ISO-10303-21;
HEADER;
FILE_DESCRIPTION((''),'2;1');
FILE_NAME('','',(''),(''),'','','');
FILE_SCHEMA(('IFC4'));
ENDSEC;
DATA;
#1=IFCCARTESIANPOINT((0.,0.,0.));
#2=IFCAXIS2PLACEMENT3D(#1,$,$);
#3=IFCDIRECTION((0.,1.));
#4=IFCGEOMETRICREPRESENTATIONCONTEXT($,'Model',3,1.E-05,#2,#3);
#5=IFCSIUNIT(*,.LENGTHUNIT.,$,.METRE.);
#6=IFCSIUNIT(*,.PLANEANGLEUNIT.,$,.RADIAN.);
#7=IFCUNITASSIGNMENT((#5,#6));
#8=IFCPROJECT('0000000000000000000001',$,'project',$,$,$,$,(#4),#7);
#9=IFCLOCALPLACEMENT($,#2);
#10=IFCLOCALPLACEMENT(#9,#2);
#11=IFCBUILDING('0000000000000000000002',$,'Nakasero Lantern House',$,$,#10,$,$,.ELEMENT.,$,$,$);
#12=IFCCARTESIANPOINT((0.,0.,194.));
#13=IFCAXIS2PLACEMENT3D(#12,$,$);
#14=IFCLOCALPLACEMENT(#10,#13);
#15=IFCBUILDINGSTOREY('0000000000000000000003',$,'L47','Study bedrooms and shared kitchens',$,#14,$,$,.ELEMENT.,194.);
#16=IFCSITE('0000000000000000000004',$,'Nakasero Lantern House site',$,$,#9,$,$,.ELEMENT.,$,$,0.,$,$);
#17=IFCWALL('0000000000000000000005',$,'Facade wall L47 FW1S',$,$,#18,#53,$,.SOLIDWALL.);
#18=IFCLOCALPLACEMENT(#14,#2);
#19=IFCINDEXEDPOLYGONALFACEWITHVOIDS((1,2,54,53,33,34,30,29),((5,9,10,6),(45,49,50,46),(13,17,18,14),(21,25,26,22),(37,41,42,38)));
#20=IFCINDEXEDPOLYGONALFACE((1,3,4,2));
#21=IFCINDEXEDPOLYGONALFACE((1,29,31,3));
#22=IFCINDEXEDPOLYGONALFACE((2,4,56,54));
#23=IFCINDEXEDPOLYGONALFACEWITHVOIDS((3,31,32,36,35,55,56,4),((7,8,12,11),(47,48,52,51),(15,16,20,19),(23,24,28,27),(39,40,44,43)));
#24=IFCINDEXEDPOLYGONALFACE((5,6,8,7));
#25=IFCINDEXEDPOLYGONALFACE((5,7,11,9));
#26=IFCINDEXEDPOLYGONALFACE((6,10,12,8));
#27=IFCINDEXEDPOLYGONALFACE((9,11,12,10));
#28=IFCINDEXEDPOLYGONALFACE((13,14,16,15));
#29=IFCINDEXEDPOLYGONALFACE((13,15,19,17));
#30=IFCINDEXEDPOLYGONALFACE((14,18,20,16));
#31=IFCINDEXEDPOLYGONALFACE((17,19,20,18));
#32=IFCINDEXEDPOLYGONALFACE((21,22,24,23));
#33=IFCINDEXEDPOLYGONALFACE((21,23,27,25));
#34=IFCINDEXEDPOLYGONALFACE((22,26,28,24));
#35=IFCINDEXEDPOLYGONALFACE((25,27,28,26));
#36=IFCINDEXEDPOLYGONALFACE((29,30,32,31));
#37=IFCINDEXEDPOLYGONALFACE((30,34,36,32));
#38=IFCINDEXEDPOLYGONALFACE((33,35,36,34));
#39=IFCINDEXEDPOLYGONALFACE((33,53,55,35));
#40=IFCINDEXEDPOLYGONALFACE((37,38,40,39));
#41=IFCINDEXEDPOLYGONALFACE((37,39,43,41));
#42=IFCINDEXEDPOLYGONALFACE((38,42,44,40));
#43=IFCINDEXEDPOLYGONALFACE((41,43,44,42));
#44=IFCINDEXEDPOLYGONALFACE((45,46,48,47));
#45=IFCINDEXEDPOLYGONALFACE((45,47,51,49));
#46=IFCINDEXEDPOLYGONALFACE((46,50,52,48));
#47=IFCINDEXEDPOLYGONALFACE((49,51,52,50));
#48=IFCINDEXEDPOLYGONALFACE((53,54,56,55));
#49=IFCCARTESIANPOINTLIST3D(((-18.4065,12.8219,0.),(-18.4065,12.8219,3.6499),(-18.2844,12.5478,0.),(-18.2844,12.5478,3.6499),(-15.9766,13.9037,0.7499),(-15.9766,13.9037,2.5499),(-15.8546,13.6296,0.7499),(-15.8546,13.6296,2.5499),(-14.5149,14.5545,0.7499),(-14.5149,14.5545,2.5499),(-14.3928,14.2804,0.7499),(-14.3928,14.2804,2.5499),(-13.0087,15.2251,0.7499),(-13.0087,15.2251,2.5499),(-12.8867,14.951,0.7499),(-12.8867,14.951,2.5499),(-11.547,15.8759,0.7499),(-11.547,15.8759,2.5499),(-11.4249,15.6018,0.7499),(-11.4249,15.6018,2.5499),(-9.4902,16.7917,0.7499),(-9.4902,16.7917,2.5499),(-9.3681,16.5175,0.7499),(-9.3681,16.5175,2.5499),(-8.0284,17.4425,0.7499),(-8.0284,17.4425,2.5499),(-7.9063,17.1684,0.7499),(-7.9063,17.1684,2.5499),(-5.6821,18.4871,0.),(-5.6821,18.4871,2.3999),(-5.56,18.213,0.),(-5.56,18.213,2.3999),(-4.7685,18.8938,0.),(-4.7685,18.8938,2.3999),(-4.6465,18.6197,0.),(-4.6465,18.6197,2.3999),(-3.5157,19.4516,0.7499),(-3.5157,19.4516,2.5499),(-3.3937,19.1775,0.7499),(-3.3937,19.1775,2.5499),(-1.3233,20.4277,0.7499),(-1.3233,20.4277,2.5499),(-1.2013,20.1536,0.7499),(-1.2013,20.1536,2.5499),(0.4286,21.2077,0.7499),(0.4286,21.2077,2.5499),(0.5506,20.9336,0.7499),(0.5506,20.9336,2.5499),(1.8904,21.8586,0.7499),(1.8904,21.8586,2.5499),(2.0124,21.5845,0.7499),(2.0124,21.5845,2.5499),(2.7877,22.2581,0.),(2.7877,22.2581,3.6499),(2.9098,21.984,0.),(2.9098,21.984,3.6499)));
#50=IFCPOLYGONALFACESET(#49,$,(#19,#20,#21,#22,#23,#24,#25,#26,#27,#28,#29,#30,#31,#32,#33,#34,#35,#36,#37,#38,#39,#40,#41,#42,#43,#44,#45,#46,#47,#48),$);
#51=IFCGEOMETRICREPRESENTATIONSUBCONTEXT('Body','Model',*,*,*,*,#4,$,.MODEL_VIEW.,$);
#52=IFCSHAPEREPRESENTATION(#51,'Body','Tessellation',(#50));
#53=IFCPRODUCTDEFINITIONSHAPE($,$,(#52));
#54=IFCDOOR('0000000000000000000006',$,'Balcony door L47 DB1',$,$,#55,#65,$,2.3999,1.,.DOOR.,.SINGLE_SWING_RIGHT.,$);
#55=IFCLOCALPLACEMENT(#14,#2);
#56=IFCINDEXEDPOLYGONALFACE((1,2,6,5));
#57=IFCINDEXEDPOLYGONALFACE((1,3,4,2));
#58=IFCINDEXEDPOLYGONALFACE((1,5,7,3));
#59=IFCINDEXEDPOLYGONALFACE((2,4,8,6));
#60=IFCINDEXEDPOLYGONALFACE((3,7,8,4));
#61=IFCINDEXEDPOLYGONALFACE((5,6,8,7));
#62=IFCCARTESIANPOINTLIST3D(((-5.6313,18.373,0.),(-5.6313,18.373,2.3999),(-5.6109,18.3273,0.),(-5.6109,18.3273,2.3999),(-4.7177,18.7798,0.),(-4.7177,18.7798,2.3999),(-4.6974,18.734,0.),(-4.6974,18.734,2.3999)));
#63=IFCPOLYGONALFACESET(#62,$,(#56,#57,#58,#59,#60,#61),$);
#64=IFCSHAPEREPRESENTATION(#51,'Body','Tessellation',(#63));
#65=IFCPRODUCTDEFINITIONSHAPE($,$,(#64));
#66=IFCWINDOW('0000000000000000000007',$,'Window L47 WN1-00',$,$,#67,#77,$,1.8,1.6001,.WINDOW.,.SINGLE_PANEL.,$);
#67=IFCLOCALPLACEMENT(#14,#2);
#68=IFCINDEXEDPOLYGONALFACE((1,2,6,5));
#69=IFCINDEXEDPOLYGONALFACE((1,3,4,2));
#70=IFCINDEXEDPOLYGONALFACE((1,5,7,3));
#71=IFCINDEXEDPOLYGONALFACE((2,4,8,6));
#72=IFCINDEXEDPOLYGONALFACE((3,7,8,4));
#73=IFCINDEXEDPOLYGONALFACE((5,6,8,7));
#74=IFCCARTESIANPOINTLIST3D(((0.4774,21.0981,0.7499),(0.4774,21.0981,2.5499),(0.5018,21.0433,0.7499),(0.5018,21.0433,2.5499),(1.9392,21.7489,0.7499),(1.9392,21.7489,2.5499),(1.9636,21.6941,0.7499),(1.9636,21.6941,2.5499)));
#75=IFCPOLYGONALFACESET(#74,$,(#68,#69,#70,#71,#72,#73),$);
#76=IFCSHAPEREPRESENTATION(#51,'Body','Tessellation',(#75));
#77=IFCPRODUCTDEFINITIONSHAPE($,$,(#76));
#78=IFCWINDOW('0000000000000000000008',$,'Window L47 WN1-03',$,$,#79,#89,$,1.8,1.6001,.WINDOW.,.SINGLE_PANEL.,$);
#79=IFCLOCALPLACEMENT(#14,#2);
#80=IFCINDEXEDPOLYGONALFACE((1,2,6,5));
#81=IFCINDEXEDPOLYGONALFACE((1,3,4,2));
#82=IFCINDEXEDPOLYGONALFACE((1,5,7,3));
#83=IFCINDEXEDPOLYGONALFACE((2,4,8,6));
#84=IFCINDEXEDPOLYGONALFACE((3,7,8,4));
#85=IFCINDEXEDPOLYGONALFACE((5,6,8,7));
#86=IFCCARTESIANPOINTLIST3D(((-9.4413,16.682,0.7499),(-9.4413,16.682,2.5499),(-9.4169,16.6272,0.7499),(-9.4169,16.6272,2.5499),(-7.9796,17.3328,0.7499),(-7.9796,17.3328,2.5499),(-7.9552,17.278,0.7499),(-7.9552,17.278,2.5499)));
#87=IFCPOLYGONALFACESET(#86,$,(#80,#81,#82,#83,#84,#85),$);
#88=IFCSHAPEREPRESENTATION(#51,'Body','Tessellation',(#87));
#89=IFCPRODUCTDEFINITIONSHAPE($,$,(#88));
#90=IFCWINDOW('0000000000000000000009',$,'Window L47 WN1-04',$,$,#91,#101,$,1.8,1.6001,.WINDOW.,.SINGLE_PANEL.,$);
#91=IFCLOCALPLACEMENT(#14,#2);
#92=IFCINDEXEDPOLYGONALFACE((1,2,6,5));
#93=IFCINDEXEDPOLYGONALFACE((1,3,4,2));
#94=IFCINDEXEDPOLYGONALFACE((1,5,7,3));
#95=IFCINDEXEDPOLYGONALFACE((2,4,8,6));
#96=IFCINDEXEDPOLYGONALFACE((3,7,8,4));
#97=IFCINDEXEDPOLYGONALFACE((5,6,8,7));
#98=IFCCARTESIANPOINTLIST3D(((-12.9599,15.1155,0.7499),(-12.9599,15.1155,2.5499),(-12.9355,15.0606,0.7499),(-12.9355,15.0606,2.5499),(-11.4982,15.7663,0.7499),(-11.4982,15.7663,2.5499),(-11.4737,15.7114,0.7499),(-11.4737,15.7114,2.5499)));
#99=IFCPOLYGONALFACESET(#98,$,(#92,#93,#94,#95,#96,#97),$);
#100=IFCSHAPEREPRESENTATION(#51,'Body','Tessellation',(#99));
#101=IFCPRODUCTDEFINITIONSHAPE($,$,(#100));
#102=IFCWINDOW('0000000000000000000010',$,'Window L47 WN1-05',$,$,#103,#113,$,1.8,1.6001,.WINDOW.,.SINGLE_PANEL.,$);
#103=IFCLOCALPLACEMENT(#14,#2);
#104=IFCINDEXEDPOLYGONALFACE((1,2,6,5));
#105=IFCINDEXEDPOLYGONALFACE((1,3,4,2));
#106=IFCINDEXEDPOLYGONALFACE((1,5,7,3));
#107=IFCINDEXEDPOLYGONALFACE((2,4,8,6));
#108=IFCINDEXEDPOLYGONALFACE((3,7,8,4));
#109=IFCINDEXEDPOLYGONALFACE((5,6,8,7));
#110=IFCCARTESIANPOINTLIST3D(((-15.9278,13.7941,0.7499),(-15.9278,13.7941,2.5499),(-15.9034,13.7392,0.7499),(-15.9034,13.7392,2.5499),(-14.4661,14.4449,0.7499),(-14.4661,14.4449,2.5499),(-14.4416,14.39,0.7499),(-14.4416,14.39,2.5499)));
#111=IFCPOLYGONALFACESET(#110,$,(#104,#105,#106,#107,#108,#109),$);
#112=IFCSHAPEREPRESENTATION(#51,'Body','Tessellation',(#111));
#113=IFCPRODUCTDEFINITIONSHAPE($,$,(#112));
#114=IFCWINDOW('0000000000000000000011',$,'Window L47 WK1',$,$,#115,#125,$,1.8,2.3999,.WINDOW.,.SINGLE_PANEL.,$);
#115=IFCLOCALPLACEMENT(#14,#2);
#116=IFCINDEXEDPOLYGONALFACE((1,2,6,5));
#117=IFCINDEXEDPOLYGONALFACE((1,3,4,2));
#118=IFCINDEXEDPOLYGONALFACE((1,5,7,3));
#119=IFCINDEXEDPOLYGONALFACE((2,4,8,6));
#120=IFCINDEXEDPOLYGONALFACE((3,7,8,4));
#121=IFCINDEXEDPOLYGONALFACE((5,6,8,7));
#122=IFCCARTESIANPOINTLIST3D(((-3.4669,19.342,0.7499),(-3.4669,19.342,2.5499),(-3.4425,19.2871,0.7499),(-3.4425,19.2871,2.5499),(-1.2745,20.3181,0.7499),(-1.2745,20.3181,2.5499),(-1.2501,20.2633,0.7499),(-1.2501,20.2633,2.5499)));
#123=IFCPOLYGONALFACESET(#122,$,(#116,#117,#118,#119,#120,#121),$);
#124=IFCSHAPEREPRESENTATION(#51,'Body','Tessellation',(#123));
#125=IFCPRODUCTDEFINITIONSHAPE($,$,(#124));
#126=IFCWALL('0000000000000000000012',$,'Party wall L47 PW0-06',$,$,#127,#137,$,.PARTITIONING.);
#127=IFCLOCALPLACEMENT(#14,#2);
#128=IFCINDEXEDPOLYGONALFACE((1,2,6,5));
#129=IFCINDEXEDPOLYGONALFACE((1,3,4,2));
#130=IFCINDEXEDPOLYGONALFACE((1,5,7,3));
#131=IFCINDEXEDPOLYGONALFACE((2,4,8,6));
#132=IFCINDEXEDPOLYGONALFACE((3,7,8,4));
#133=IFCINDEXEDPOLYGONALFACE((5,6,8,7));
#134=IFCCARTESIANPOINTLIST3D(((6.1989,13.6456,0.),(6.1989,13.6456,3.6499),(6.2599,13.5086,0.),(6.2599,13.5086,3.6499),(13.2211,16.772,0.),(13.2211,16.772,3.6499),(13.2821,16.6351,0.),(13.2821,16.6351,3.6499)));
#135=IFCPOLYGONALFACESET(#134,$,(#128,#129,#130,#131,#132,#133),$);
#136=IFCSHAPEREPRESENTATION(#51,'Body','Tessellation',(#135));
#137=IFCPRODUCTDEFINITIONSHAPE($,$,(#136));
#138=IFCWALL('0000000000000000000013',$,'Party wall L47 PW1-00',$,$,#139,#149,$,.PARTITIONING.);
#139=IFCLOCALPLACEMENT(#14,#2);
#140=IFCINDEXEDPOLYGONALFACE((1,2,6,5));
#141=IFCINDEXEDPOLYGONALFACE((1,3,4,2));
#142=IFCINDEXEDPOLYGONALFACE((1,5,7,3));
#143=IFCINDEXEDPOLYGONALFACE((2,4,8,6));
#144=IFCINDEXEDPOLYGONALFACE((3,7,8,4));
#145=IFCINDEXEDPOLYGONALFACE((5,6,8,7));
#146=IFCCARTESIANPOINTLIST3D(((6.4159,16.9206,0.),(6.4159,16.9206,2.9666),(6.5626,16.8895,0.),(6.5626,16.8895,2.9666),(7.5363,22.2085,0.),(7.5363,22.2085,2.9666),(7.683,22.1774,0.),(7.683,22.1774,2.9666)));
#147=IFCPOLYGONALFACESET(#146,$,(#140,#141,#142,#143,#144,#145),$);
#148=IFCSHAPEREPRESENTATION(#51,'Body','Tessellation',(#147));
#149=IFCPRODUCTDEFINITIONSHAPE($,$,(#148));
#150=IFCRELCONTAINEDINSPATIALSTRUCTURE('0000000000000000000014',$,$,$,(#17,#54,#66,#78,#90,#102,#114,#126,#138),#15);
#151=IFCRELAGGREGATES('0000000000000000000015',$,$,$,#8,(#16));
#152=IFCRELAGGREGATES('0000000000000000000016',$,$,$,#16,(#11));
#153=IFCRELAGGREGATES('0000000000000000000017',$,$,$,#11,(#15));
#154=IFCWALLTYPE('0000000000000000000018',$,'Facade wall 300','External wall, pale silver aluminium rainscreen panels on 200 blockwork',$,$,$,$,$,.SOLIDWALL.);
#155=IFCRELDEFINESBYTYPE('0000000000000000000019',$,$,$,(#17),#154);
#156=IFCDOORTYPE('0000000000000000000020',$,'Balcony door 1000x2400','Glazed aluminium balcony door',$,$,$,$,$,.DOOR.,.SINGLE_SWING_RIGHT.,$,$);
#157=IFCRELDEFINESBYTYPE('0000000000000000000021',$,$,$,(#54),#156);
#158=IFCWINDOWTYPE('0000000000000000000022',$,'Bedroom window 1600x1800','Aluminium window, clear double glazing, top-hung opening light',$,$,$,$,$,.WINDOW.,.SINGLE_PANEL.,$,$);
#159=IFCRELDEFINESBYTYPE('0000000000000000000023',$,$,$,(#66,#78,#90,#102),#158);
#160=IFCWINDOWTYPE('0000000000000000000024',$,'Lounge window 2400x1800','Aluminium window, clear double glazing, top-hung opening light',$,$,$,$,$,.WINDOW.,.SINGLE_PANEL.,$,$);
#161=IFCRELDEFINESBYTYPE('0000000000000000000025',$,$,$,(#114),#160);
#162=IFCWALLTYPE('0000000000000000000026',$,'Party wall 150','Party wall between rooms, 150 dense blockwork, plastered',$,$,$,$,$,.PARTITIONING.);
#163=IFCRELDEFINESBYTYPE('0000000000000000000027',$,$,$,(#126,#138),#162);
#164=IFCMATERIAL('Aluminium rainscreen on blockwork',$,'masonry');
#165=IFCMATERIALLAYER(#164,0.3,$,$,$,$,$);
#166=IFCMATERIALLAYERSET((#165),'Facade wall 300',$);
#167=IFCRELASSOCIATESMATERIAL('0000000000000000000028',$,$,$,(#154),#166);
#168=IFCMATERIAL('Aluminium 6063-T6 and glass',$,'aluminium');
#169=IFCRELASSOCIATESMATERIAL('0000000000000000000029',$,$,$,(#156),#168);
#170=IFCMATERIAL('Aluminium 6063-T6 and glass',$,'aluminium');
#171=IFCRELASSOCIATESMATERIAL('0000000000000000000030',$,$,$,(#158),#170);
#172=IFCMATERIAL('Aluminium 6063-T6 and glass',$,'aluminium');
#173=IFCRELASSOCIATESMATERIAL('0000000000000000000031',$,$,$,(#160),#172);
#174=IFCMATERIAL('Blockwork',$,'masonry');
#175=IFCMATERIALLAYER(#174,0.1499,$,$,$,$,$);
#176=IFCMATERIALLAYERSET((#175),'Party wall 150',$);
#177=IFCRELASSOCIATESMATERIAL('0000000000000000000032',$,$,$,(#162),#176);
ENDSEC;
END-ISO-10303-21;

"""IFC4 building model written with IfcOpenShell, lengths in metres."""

from ifc_helpers import new_model, si_unit, direction, frame, frame_2d, origin, place, context, subcontext, project, spatial, rectangle, extrude, material, layer, layer_set, type_object, element, fill, save


model = new_model("IFC4")

# Units and contexts
model_context = context("Model", 3, precision=1e-05, world=origin(), true_north=direction((0.0, 1.0)))
body_context = subcontext(model_context, "Body", "Model", "MODEL_VIEW")
ifc_project = project(units=[si_unit("LENGTHUNIT", "METRE"), si_unit("PLANEANGLEUNIT", "RADIAN")], contexts=[model_context])

# Site, building, storey
site_placement = place(None, origin())
site = spatial("IfcSite", under=ifc_project, at=site_placement, Name="Nakasero Lantern House site", CompositionType="ELEMENT", RefElevation=0.0)
building_placement = place(site_placement, origin())
building = spatial("IfcBuilding", under=site, at=building_placement, Name="Nakasero Lantern House", CompositionType="ELEMENT")
storey_placement = place(building_placement, frame((0.0, 0.0, 194.0)))
storey = spatial("IfcBuildingStorey", under=building, at=storey_placement, Name="L47", Description="Study bedrooms and shared kitchens", CompositionType="ELEMENT", Elevation=194.0)

# Shared definitions
ifc_material_1 = material(Name="Aluminium rainscreen on blockwork", Category="masonry")
ifc_layer_1 = layer(ifc_material_1, 0.3)
ifc_layer_set_1 = layer_set([ifc_layer_1], Name="Facade wall 300")
wall_type_1 = type_object("IfcWallType", Name="Facade wall 300", Description="External wall, pale silver aluminium rainscreen panels on 200 blockwork", PredefinedType="SOLIDWALL", material=ifc_layer_set_1)

# Wall, openings, door, windows
wall_1_placement = place(storey_placement, frame((2.8489, 22.1211, 0.0), z_axis=(0.0, 0.0, 1.0), x_axis=(-0.913546, -0.406735, 0.0)))
wall_1 = element("IfcWall", 1, at=wall_1_placement, inside=storey, type_object=wall_type_1, Name="Facade wall L47 FW1S", PredefinedType="SOLIDWALL", context=body_context, shape_type="SweptSolid", body=[
    extrude(rectangle(XDim=23.2, YDim=0.3, at=frame_2d((11.6001, 0.0))), origin(), (0.0, 0.0, 1.0), 3.6499),
])
opening_1_placement = place(wall_1_placement, frame((0.9824, 0.0, 0.75)))
opening_1 = element("IfcOpeningElement", 2, at=opening_1_placement, cuts=wall_1, PredefinedType="OPENING", context=body_context, shape_type="SweptSolid", body=[
    extrude(rectangle(XDim=1.6001, YDim=1.8, at=frame_2d((0.8, 0.8999))), frame((0.0, 0.1699, 0.0), z_axis=(0.0, -1.0, 0.0), x_axis=(1.0, 0.0, 0.0)), (0.0, 0.0, 1.0), 0.3401),
])
opening_2_placement = place(wall_1_placement, frame((11.8398, 0.0, 0.75)))
opening_2 = element("IfcOpeningElement", 3, at=opening_2_placement, cuts=wall_1, PredefinedType="OPENING", context=body_context, shape_type="SweptSolid", body=[
    extrude(rectangle(XDim=1.6001, YDim=1.8, at=frame_2d((0.8, 0.8999))), frame((0.0, 0.1699, 0.0), z_axis=(0.0, -1.0, 0.0), x_axis=(1.0, 0.0, 0.0)), (0.0, 0.0, 1.0), 0.3401),
])
opening_3_placement = place(wall_1_placement, frame((15.6914, 0.0, 0.75)))
opening_3 = element("IfcOpeningElement", 4, at=opening_3_placement, cuts=wall_1, PredefinedType="OPENING", context=body_context, shape_type="SweptSolid", body=[
    extrude(rectangle(XDim=1.6001, YDim=1.8, at=frame_2d((0.8, 0.8999))), frame((0.0, 0.1699, 0.0), z_axis=(0.0, -1.0, 0.0), x_axis=(1.0, 0.0, 0.0)), (0.0, 0.0, 1.0), 0.3401),
])
opening_4_placement = place(wall_1_placement, frame((18.9402, 0.0, 0.75)))
opening_4 = element("IfcOpeningElement", 5, at=opening_4_placement, cuts=wall_1, PredefinedType="OPENING", context=body_context, shape_type="SweptSolid", body=[
    extrude(rectangle(XDim=1.6001, YDim=1.8, at=frame_2d((0.8, 0.8999))), frame((0.0, 0.1699, 0.0), z_axis=(0.0, -1.0, 0.0), x_axis=(1.0, 0.0, 0.0)), (0.0, 0.0, 1.0), 0.3401),
])
opening_5_placement = place(wall_1_placement, frame((4.5002, 0.0, 0.75)))
opening_5 = element("IfcOpeningElement", 6, at=opening_5_placement, cuts=wall_1, PredefinedType="OPENING", context=body_context, shape_type="SweptSolid", body=[
    extrude(rectangle(XDim=2.3999, YDim=1.8, at=frame_2d((1.2, 0.8999))), frame((0.0, 0.1699, 0.0), z_axis=(0.0, -1.0, 0.0), x_axis=(1.0, 0.0, 0.0)), (0.0, 0.0, 1.0), 0.3401),
])
opening_6_placement = place(wall_1_placement, frame((8.2715, 0.0, 0.0)))
opening_6 = element("IfcOpeningElement", 7, at=opening_6_placement, cuts=wall_1, PredefinedType="OPENING", context=body_context, shape_type="SweptSolid", body=[
    extrude(rectangle(XDim=1.0, YDim=2.3999, at=frame_2d((0.5, 1.2))), frame((0.0, 0.1699, 0.0), z_axis=(0.0, -1.0, 0.0), x_axis=(1.0, 0.0, 0.0)), (0.0, 0.0, 1.0), 0.3401),
])
ifc_material_2 = material(Name="Aluminium 6063-T6 and glass", Category="aluminium")
door_type_1 = type_object("IfcDoorType", Name="Balcony door 1000x2400", Description="Glazed aluminium balcony door", OperationType="SINGLE_SWING_RIGHT", PredefinedType="DOOR", material=ifc_material_2)
door_1_placement = place(opening_6_placement, origin())
door_1 = element("IfcDoor", 8, at=door_1_placement, inside=storey, type_object=door_type_1, Name="Balcony door L47 DB1", OperationType="SINGLE_SWING_RIGHT", OverallHeight=2.3999, OverallWidth=1.0, PredefinedType="DOOR", context=body_context, shape_type="SweptSolid", body=[
    extrude(rectangle(XDim=1.0, YDim=2.3999, at=frame_2d((0.5, 1.2))), frame((0.0, 0.0249, 0.0), z_axis=(0.0, -1.0, 0.0), x_axis=(1.0, 0.0, 0.0)), (0.0, 0.0, 1.0), 0.05),
])
fill(opening_6, door_1)
ifc_material_3 = material(Name="Aluminium 6063-T6 and glass", Category="aluminium")
window_type_1 = type_object("IfcWindowType", Name="Bedroom window 1600x1800", Description="Aluminium window, clear double glazing, top-hung opening light", PartitioningType="SINGLE_PANEL", PredefinedType="WINDOW", material=ifc_material_3)
window_1_placement = place(opening_1_placement, origin())
window_1 = element("IfcWindow", 9, at=window_1_placement, inside=storey, type_object=window_type_1, Name="Window L47 WN1-00", OverallHeight=1.8, OverallWidth=1.6001, PartitioningType="SINGLE_PANEL", PredefinedType="WINDOW", context=body_context, shape_type="SweptSolid", body=[
    extrude(rectangle(XDim=1.6001, YDim=1.8, at=frame_2d((0.8, 0.8999))), frame((0.0, 0.03, 0.0), z_axis=(0.0, -1.0, 0.0), x_axis=(1.0, 0.0, 0.0)), (0.0, 0.0, 1.0), 0.0601),
])
fill(opening_1, window_1)
window_2_placement = place(opening_2_placement, origin())
window_2 = element("IfcWindow", 10, at=window_2_placement, inside=storey, type_object=window_type_1, Name="Window L47 WN1-03", OverallHeight=1.8, OverallWidth=1.6001, PartitioningType="SINGLE_PANEL", PredefinedType="WINDOW", context=body_context, shape_type="SweptSolid", body=[
    extrude(rectangle(XDim=1.6001, YDim=1.8, at=frame_2d((0.8, 0.8999))), frame((0.0, 0.03, 0.0), z_axis=(0.0, -1.0, 0.0), x_axis=(1.0, 0.0, 0.0)), (0.0, 0.0, 1.0), 0.0601),
])
fill(opening_2, window_2)
window_3_placement = place(opening_3_placement, origin())
window_3 = element("IfcWindow", 11, at=window_3_placement, inside=storey, type_object=window_type_1, Name="Window L47 WN1-04", OverallHeight=1.8, OverallWidth=1.6001, PartitioningType="SINGLE_PANEL", PredefinedType="WINDOW", context=body_context, shape_type="SweptSolid", body=[
    extrude(rectangle(XDim=1.6001, YDim=1.8, at=frame_2d((0.8, 0.8999))), frame((0.0, 0.03, 0.0), z_axis=(0.0, -1.0, 0.0), x_axis=(1.0, 0.0, 0.0)), (0.0, 0.0, 1.0), 0.0601),
])
fill(opening_3, window_3)
window_4_placement = place(opening_4_placement, origin())
window_4 = element("IfcWindow", 12, at=window_4_placement, inside=storey, type_object=window_type_1, Name="Window L47 WN1-05", OverallHeight=1.8, OverallWidth=1.6001, PartitioningType="SINGLE_PANEL", PredefinedType="WINDOW", context=body_context, shape_type="SweptSolid", body=[
    extrude(rectangle(XDim=1.6001, YDim=1.8, at=frame_2d((0.8, 0.8999))), frame((0.0, 0.03, 0.0), z_axis=(0.0, -1.0, 0.0), x_axis=(1.0, 0.0, 0.0)), (0.0, 0.0, 1.0), 0.0601),
])
fill(opening_4, window_4)
ifc_material_4 = material(Name="Aluminium 6063-T6 and glass", Category="aluminium")
window_type_2 = type_object("IfcWindowType", Name="Lounge window 2400x1800", Description="Aluminium window, clear double glazing, top-hung opening light", PartitioningType="SINGLE_PANEL", PredefinedType="WINDOW", material=ifc_material_4)
window_5_placement = place(opening_5_placement, origin())
window_5 = element("IfcWindow", 13, at=window_5_placement, inside=storey, type_object=window_type_2, Name="Window L47 WK1", OverallHeight=1.8, OverallWidth=2.3999, PartitioningType="SINGLE_PANEL", PredefinedType="WINDOW", context=body_context, shape_type="SweptSolid", body=[
    extrude(rectangle(XDim=2.3999, YDim=1.8, at=frame_2d((1.2, 0.8999))), frame((0.0, 0.03, 0.0), z_axis=(0.0, -1.0, 0.0), x_axis=(1.0, 0.0, 0.0)), (0.0, 0.0, 1.0), 0.0601),
])
fill(opening_5, window_5)

# Walls
ifc_material_5 = material(Name="Blockwork", Category="masonry")
ifc_layer_2 = layer(ifc_material_5, 0.1499)
ifc_layer_set_2 = layer_set([ifc_layer_2], Name="Party wall 150")
wall_type_2 = type_object("IfcWallType", Name="Party wall 150", Description="Party wall between rooms, 150 dense blockwork, plastered", PredefinedType="PARTITIONING", material=ifc_layer_set_2)
wall_2_placement = place(storey_placement, frame((6.2295, 13.5771, 0.0), z_axis=(0.0, 0.0, 1.0), x_axis=(0.913547, 0.406734, 0.0)))
element("IfcWall", 14, at=wall_2_placement, inside=storey, type_object=wall_type_2, Name="Party wall L47 PW0-06", PredefinedType="PARTITIONING", context=body_context, shape_type="SweptSolid", body=[
    extrude(rectangle(XDim=7.6868, YDim=0.1499, at=frame_2d((3.8433, 0.0))), origin(), (0.0, 0.0, 1.0), 3.6499),
])
wall_3_placement = place(storey_placement, frame((6.4893, 16.905, 0.0), z_axis=(0.0, 0.0, 1.0), x_axis=(0.207274, 0.978283, 0.0)))
element("IfcWall", 15, at=wall_3_placement, inside=storey, type_object=wall_type_2, Name="Party wall L47 PW1-00", PredefinedType="PARTITIONING", context=body_context, shape_type="SweptSolid", body=[
    extrude(rectangle(XDim=5.4053, YDim=0.1499, at=frame_2d((2.7026, 0.0))), origin(), (0.0, 0.0, 1.0), 2.9666),
])

save(model, "model.ifc")
